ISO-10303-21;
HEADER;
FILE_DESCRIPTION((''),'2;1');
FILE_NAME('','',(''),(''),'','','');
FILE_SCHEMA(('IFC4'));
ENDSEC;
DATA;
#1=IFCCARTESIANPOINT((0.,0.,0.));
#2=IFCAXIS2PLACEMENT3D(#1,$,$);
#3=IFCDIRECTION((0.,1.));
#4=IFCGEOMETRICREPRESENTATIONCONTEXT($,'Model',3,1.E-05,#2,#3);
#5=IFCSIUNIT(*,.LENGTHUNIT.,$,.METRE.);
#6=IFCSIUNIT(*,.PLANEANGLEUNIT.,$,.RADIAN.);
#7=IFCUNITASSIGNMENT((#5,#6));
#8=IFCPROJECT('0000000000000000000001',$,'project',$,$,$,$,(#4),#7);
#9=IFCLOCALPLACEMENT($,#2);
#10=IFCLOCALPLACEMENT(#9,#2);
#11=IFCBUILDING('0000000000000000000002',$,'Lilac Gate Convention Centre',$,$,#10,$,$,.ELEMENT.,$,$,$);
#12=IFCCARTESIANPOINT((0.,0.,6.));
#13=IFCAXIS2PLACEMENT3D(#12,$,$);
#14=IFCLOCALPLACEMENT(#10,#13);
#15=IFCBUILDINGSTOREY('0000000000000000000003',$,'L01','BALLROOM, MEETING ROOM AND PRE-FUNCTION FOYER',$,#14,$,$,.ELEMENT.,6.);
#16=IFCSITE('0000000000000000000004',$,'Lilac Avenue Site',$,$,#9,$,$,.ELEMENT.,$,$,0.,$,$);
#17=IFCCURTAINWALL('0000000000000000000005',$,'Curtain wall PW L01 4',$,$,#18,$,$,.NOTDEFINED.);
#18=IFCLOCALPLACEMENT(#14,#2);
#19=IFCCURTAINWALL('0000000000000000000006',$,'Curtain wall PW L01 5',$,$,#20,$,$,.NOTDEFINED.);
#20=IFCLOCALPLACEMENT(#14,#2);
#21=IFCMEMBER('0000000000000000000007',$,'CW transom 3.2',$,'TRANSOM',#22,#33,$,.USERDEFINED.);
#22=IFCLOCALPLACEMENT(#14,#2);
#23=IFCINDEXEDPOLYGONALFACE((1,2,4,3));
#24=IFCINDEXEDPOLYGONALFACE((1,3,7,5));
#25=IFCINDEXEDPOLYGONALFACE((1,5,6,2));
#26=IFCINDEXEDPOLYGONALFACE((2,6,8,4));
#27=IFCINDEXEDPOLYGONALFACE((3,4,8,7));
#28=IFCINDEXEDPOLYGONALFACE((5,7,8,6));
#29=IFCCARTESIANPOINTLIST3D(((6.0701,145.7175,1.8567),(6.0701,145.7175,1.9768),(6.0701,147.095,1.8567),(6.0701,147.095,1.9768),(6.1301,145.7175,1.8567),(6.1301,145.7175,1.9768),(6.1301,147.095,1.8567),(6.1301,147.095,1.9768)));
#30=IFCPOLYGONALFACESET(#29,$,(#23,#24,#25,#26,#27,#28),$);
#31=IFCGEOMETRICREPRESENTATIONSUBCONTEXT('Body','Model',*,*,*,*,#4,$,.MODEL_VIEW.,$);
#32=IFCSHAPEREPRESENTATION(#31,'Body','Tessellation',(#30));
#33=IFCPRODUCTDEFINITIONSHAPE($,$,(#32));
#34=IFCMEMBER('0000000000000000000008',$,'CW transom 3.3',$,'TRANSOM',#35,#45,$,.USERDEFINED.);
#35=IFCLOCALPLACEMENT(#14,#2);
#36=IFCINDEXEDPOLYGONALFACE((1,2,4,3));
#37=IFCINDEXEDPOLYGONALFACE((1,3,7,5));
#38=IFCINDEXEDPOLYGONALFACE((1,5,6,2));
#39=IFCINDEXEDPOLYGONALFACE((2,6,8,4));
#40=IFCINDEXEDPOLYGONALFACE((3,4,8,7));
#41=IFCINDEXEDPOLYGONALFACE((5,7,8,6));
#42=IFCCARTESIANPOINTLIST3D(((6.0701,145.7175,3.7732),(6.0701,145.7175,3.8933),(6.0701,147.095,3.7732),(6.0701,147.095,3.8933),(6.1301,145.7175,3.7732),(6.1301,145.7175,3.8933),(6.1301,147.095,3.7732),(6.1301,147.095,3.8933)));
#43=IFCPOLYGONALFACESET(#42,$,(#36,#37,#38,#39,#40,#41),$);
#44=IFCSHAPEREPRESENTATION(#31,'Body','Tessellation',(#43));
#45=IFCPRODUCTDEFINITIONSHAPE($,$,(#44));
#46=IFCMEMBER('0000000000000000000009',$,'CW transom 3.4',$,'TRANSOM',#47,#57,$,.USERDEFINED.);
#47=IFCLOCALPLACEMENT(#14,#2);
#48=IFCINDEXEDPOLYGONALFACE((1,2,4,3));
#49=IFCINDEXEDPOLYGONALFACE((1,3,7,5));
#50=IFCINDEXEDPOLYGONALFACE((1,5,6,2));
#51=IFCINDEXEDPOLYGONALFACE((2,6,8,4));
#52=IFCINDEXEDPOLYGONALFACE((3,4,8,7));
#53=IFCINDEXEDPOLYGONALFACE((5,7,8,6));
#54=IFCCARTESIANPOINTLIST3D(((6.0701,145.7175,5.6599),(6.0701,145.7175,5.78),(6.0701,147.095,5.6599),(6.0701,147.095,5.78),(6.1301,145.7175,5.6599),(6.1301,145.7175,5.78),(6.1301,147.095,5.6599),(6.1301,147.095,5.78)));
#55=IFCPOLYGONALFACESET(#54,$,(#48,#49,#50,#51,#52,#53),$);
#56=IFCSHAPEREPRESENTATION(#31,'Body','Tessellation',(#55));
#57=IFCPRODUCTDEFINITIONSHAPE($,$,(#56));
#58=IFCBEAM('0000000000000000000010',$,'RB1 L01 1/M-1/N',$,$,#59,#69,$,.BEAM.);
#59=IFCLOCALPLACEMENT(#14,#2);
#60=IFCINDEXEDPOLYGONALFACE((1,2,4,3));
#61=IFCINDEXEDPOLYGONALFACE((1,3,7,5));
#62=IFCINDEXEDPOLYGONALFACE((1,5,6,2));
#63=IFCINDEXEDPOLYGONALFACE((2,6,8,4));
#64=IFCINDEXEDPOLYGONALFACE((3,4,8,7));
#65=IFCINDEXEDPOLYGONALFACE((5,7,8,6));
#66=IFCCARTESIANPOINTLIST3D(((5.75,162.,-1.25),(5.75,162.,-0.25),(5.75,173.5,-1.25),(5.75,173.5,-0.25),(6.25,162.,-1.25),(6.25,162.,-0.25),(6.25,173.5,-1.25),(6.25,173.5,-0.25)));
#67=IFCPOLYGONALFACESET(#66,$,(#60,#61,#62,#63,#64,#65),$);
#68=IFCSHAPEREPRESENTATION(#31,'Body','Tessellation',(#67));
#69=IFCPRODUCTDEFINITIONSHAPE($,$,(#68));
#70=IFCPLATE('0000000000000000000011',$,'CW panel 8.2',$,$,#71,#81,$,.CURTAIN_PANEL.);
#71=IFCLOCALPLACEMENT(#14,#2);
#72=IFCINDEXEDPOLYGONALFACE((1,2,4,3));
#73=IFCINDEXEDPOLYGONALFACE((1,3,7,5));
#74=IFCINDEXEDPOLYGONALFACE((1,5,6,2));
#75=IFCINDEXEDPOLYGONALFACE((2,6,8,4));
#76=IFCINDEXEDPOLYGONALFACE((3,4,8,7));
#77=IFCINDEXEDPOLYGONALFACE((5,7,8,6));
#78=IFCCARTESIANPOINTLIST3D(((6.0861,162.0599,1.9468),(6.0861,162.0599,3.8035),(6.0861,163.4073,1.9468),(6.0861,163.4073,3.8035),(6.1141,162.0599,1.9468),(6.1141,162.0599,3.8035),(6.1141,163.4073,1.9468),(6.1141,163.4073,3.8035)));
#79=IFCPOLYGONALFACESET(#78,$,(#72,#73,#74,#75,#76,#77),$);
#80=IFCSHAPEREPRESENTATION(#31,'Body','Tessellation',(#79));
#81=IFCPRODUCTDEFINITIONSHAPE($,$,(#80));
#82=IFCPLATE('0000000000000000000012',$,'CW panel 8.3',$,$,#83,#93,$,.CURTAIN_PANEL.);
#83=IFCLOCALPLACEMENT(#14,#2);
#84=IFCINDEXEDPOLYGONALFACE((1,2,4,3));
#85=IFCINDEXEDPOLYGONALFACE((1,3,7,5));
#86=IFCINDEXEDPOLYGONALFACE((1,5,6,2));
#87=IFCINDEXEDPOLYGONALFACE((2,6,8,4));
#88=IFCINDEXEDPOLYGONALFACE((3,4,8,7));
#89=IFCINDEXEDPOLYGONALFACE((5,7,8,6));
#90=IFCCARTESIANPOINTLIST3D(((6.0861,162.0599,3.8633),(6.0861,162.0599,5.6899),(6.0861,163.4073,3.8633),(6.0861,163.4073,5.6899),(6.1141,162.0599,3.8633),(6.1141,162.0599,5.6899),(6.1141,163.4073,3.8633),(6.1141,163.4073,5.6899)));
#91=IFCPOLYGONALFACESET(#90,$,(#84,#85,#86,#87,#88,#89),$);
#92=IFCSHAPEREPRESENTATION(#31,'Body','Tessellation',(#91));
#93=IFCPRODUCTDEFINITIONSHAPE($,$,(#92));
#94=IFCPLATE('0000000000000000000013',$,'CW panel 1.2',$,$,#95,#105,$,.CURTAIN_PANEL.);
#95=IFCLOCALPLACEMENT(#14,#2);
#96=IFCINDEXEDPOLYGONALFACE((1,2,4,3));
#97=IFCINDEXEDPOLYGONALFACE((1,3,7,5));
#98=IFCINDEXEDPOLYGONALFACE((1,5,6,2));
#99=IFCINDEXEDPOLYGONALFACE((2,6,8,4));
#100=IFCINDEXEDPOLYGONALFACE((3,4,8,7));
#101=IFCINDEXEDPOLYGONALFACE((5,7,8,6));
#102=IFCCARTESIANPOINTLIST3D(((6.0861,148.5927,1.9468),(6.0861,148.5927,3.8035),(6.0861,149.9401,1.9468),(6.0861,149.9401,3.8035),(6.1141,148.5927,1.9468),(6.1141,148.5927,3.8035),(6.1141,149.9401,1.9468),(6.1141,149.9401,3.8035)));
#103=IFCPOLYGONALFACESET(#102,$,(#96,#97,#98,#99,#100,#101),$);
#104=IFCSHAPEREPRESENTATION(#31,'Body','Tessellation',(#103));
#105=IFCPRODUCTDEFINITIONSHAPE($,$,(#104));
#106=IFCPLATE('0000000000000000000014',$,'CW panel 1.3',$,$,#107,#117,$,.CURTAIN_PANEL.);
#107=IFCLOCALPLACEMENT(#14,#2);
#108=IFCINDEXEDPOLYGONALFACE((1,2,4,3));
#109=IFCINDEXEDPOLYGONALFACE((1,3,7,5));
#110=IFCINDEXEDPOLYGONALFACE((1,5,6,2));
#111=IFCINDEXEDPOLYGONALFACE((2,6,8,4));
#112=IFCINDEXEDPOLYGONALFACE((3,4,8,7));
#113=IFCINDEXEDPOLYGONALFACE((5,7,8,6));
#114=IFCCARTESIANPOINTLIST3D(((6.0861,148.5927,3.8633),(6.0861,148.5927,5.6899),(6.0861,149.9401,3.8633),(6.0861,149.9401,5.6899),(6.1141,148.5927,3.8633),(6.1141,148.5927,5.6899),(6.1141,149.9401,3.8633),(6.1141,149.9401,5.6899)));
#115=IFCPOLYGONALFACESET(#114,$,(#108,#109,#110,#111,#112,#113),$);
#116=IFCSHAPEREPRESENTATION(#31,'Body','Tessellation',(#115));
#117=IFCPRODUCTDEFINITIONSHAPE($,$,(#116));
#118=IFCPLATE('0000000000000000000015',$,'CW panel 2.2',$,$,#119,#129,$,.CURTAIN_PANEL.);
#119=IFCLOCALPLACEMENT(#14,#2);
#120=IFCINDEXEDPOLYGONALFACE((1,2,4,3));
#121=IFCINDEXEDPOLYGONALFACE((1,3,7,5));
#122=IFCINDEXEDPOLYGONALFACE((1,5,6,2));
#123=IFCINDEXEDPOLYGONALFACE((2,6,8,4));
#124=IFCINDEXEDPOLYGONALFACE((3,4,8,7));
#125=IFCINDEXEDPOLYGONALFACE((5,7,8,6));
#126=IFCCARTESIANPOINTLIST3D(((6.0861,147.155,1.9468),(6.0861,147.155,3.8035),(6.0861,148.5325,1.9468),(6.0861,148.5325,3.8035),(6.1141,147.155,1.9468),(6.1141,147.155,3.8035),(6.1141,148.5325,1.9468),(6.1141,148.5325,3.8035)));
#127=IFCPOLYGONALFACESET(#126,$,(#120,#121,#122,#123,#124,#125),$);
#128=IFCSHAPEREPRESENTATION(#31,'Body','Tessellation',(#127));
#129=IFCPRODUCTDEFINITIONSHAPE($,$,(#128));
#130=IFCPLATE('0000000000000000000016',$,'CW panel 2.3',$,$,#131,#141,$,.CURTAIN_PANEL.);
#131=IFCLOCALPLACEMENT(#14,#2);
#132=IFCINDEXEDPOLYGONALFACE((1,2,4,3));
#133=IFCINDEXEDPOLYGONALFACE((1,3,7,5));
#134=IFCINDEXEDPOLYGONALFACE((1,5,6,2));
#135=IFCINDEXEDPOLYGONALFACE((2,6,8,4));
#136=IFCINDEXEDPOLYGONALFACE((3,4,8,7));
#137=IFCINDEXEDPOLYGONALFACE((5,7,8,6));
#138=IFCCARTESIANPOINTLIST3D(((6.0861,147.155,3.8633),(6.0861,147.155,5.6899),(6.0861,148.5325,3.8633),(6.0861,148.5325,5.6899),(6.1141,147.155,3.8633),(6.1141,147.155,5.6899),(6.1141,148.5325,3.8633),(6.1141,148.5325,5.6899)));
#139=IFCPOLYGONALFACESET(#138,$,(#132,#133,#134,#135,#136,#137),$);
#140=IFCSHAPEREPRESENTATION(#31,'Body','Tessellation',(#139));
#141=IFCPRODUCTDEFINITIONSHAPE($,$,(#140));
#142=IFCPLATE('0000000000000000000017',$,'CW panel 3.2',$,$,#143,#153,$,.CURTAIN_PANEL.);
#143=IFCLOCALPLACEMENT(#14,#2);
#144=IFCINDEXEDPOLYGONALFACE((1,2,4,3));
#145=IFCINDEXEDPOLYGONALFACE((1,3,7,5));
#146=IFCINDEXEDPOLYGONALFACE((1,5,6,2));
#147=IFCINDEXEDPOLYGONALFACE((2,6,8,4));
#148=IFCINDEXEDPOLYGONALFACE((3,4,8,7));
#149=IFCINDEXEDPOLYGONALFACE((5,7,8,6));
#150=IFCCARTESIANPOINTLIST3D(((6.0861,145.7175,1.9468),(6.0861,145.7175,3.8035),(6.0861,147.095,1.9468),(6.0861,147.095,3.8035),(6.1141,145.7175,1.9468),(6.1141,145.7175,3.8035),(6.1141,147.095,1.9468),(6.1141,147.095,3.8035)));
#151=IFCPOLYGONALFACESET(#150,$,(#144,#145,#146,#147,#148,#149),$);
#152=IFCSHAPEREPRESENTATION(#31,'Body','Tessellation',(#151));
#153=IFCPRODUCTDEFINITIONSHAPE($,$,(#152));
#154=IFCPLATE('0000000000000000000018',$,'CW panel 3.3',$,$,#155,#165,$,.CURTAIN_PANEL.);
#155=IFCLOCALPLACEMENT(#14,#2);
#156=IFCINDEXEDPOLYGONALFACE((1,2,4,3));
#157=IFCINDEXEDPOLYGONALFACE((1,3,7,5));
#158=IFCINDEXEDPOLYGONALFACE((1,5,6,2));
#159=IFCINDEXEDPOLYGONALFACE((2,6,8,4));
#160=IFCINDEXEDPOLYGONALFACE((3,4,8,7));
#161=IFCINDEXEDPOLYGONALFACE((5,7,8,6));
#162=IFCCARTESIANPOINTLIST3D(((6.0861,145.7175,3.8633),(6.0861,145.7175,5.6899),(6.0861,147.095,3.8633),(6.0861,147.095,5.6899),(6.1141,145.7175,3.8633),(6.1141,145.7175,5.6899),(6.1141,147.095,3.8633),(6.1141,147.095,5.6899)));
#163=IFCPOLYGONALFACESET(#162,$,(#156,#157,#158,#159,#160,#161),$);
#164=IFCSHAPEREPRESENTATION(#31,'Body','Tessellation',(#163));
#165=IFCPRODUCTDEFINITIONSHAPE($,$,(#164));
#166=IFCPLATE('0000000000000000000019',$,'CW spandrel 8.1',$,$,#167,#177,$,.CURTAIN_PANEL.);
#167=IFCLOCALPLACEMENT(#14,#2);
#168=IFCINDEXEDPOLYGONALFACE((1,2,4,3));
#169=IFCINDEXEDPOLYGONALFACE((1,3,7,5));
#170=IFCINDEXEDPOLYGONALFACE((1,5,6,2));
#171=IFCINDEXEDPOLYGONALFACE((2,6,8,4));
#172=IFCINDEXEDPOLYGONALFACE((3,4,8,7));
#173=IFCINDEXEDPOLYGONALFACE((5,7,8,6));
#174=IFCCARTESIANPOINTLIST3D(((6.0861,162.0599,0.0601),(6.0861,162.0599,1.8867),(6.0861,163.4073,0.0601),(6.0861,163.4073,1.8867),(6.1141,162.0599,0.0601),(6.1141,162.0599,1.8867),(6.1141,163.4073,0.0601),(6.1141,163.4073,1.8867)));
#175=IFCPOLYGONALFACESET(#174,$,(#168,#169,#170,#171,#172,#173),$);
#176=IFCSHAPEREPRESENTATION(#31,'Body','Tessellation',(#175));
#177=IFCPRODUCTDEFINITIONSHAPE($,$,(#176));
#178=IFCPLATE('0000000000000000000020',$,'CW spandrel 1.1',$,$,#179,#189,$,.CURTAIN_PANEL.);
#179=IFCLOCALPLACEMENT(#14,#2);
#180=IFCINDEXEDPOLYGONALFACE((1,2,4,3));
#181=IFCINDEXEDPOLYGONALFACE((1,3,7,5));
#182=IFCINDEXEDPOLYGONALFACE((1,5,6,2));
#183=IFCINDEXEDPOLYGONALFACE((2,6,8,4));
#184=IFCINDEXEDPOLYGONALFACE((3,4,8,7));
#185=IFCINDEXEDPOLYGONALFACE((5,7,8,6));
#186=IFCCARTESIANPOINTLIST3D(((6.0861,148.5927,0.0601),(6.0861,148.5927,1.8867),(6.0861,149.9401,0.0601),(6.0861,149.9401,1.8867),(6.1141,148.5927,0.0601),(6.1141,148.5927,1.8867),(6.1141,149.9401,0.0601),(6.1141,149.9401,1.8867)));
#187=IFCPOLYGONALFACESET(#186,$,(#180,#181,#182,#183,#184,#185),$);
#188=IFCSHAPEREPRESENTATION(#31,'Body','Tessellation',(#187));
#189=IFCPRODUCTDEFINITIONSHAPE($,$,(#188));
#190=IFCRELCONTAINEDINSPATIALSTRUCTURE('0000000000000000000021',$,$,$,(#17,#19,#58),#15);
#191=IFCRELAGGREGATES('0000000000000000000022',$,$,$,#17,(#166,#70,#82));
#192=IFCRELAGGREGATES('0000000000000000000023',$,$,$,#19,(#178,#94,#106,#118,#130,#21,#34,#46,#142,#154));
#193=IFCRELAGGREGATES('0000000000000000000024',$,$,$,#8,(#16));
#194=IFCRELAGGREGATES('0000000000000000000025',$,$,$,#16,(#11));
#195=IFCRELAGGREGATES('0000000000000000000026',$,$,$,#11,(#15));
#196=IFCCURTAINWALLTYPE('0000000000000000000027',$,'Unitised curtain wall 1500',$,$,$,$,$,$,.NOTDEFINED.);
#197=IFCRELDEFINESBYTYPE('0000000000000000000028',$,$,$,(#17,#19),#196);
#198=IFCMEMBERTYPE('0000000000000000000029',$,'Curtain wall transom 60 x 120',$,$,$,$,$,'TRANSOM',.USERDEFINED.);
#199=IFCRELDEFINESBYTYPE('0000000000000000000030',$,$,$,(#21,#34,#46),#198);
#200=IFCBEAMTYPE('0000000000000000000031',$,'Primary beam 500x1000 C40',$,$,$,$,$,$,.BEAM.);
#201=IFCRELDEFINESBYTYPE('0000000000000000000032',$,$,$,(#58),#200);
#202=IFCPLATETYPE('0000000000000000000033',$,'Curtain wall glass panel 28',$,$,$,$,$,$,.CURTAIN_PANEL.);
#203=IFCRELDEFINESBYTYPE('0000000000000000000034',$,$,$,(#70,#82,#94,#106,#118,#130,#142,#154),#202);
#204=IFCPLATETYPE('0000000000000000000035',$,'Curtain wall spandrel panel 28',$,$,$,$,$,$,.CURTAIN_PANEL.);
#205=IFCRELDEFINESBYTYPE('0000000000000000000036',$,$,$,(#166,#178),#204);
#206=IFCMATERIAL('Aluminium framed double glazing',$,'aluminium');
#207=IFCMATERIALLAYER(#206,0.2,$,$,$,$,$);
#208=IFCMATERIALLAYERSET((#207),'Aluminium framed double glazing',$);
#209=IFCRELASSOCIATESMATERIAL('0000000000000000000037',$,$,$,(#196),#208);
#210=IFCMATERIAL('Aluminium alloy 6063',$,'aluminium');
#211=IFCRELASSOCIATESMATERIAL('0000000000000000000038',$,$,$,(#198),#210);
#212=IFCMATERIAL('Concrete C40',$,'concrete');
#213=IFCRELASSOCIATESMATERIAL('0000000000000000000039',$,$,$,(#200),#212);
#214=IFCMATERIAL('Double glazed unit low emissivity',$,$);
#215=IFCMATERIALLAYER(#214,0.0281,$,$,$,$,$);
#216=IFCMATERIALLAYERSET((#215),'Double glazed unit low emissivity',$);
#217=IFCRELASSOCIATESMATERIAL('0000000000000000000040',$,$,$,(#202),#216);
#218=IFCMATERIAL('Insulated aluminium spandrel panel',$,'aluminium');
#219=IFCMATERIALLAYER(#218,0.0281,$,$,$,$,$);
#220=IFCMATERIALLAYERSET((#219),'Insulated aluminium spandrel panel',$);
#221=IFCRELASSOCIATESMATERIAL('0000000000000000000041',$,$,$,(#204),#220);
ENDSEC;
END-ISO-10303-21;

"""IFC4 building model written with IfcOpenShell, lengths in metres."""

from ifc_helpers import new_model, si_unit, direction, frame, origin, origin_2d, place, context, subcontext, project, spatial, rectangle, extrude, material, layer, layer_set, material_profile, profile_set, type_object, element, aggregate, save


model = new_model("IFC4")

# Units and contexts
model_context = context("Model", 3, precision=1e-05, world=origin(), true_north=direction((0.0, 1.0)))
body_context = subcontext(model_context, "Body", "Model", "MODEL_VIEW")
ifc_project = project(units=[si_unit("LENGTHUNIT", "METRE"), si_unit("PLANEANGLEUNIT", "RADIAN")], contexts=[model_context])

# Site, building, storey
site_placement = place(None, origin())
site = spatial("IfcSite", under=ifc_project, at=site_placement, Name="Lilac Avenue Site", CompositionType="ELEMENT", RefElevation=0.0)
building_placement = place(site_placement, origin())
building = spatial("IfcBuilding", under=site, at=building_placement, Name="Lilac Gate Convention Centre", CompositionType="ELEMENT")
storey_placement = place(building_placement, frame((0.0, 0.0, 6.0)))
storey = spatial("IfcBuildingStorey", under=building, at=storey_placement, Name="L01", Description="BALLROOM, MEETING ROOM AND PRE-FUNCTION FOYER", CompositionType="ELEMENT", Elevation=6.0)

# Curtain wall
ifc_material_1 = material(Name="Aluminium framed double glazing", Category="aluminium")
ifc_layer_1 = layer(ifc_material_1, 0.2)
ifc_layer_set_1 = layer_set([ifc_layer_1], Name="Aluminium framed double glazing")
curtain_wall_type = type_object("IfcCurtainWallType", Name="Unitised curtain wall 1500", PredefinedType="NOTDEFINED", material=ifc_layer_set_1)
curtain_wall_1_placement = place(storey_placement, origin())
curtain_wall_1 = element("IfcCurtainWall", 1, at=curtain_wall_1_placement, inside=storey, type_object=curtain_wall_type, Name="Curtain wall PW L01 4", PredefinedType="NOTDEFINED")
ifc_material_2 = material(Name="Aluminium alloy 6063", Category="aluminium")

# Curtain wall
curtain_wall_2_placement = place(storey_placement, origin())
curtain_wall_2 = element("IfcCurtainWall", 2, at=curtain_wall_2_placement, inside=storey, type_object=curtain_wall_type, Name="Curtain wall PW L01 5", PredefinedType="NOTDEFINED")

# Members
ifc_material_profile_1 = material_profile(ifc_material_2, rectangle(XDim=0.0601, YDim=0.1201, at=origin_2d()), Name="Curtain wall transom 60 x 120")
ifc_profile_set_1 = profile_set([ifc_material_profile_1], Name="Aluminium alloy 6063")
member_type_1 = type_object("IfcMemberType", Name="Curtain wall transom 60 x 120", ElementType="TRANSOM", PredefinedType="USERDEFINED", material=ifc_profile_set_1)
member_1_placement = place(storey_placement, frame((6.1001, 147.095, 1.9167), z_axis=(0.0, -1.0, 0.0), x_axis=(1.0, 0.0, 0.0)))
member_1 = element("IfcMember", 3, at=member_1_placement, type_object=member_type_1, Name="CW transom 3.2", ObjectType="TRANSOM", PredefinedType="USERDEFINED", context=body_context, shape_type="SweptSolid", body=[
    extrude(rectangle(XDim=0.0601, YDim=0.1201, at=origin_2d()), origin(), (0.0, 0.0, 1.0), 1.3774),
])
member_2_placement = place(storey_placement, frame((6.1001, 147.095, 3.8333), z_axis=(0.0, -1.0, 0.0), x_axis=(1.0, 0.0, 0.0)))
member_2 = element("IfcMember", 4, at=member_2_placement, type_object=member_type_1, Name="CW transom 3.3", ObjectType="TRANSOM", PredefinedType="USERDEFINED", context=body_context, shape_type="SweptSolid", body=[
    extrude(rectangle(XDim=0.0601, YDim=0.1201, at=origin_2d()), origin(), (0.0, 0.0, 1.0), 1.3774),
])
member_3_placement = place(storey_placement, frame((6.1001, 147.095, 5.72), z_axis=(0.0, -1.0, 0.0), x_axis=(1.0, 0.0, 0.0)))
member_3 = element("IfcMember", 5, at=member_3_placement, type_object=member_type_1, Name="CW transom 3.4", ObjectType="TRANSOM", PredefinedType="USERDEFINED", context=body_context, shape_type="SweptSolid", body=[
    extrude(rectangle(XDim=0.0601, YDim=0.1201, at=origin_2d()), origin(), (0.0, 0.0, 1.0), 1.3774),
])

# Beam
ifc_material_3 = material(Name="Concrete C40", Category="concrete")
ifc_material_profile_2 = material_profile(ifc_material_3, rectangle(XDim=0.5, YDim=1.0, at=origin_2d()), Name="RC 500x1000")
ifc_profile_set_2 = profile_set([ifc_material_profile_2], Name="Concrete C40")
beam_type = type_object("IfcBeamType", Name="Primary beam 500x1000 C40", PredefinedType="BEAM", material=ifc_profile_set_2)
beam_placement = place(storey_placement, frame((6.0, 162.0, -0.75), z_axis=(0.0, 1.0, 0.0), x_axis=(-1.0, 0.0, 0.0)))
element("IfcBeam", 6, at=beam_placement, inside=storey, type_object=beam_type, Name="RB1 L01 1/M-1/N", PredefinedType="BEAM", context=body_context, shape_type="SweptSolid", body=[
    extrude(rectangle(XDim=0.5, YDim=1.0, at=origin_2d()), origin(), (0.0, 0.0, 1.0), 11.5),
])

# Plates
ifc_material_4 = material(Name="Double glazed unit low emissivity")
ifc_layer_2 = layer(ifc_material_4, 0.0281)
ifc_layer_set_2 = layer_set([ifc_layer_2], Name="Double glazed unit low emissivity")
plate_type_1 = type_object("IfcPlateType", Name="Curtain wall glass panel 28", PredefinedType="CURTAIN_PANEL", material=ifc_layer_set_2)
plate_1_placement = place(storey_placement, frame((6.1001, 162.7336, 1.9468), z_axis=(0.0, 0.0, 1.0), x_axis=(0.0, -1.0, 0.0)))
plate_1 = element("IfcPlate", 7, at=plate_1_placement, type_object=plate_type_1, Name="CW panel 8.2", PredefinedType="CURTAIN_PANEL", context=body_context, shape_type="SweptSolid", body=[
    extrude(rectangle(XDim=1.3474, YDim=0.0281, at=origin_2d()), origin(), (0.0, 0.0, 1.0), 1.8567),
])
plate_2_placement = place(storey_placement, frame((6.1001, 162.7336, 3.8633), z_axis=(0.0, 0.0, 1.0), x_axis=(0.0, -1.0, 0.0)))
plate_2 = element("IfcPlate", 8, at=plate_2_placement, type_object=plate_type_1, Name="CW panel 8.3", PredefinedType="CURTAIN_PANEL", context=body_context, shape_type="SweptSolid", body=[
    extrude(rectangle(XDim=1.3474, YDim=0.0281, at=origin_2d()), origin(), (0.0, 0.0, 1.0), 1.8267),
])
plate_3_placement = place(storey_placement, frame((6.1001, 149.2664, 1.9468), z_axis=(0.0, 0.0, 1.0), x_axis=(0.0, -1.0, 0.0)))
plate_3 = element("IfcPlate", 9, at=plate_3_placement, type_object=plate_type_1, Name="CW panel 1.2", PredefinedType="CURTAIN_PANEL", context=body_context, shape_type="SweptSolid", body=[
    extrude(rectangle(XDim=1.3474, YDim=0.0281, at=origin_2d()), origin(), (0.0, 0.0, 1.0), 1.8567),
])
plate_4_placement = place(storey_placement, frame((6.1001, 149.2664, 3.8633), z_axis=(0.0, 0.0, 1.0), x_axis=(0.0, -1.0, 0.0)))
plate_4 = element("IfcPlate", 10, at=plate_4_placement, type_object=plate_type_1, Name="CW panel 1.3", PredefinedType="CURTAIN_PANEL", context=body_context, shape_type="SweptSolid", body=[
    extrude(rectangle(XDim=1.3474, YDim=0.0281, at=origin_2d()), origin(), (0.0, 0.0, 1.0), 1.8267),
])
plate_5_placement = place(storey_placement, frame((6.1001, 147.8438, 1.9468), z_axis=(0.0, 0.0, 1.0), x_axis=(0.0, -1.0, 0.0)))
plate_5 = element("IfcPlate", 11, at=plate_5_placement, type_object=plate_type_1, Name="CW panel 2.2", PredefinedType="CURTAIN_PANEL", context=body_context, shape_type="SweptSolid", body=[
    extrude(rectangle(XDim=1.3774, YDim=0.0281, at=origin_2d()), origin(), (0.0, 0.0, 1.0), 1.8567),
])
plate_6_placement = place(storey_placement, frame((6.1001, 147.8438, 3.8633), z_axis=(0.0, 0.0, 1.0), x_axis=(0.0, -1.0, 0.0)))
plate_6 = element("IfcPlate", 12, at=plate_6_placement, type_object=plate_type_1, Name="CW panel 2.3", PredefinedType="CURTAIN_PANEL", context=body_context, shape_type="SweptSolid", body=[
    extrude(rectangle(XDim=1.3774, YDim=0.0281, at=origin_2d()), origin(), (0.0, 0.0, 1.0), 1.8267),
])
plate_7_placement = place(storey_placement, frame((6.1001, 146.4062, 1.9468), z_axis=(0.0, 0.0, 1.0), x_axis=(0.0, -1.0, 0.0)))
plate_7 = element("IfcPlate", 13, at=plate_7_placement, type_object=plate_type_1, Name="CW panel 3.2", PredefinedType="CURTAIN_PANEL", context=body_context, shape_type="SweptSolid", body=[
    extrude(rectangle(XDim=1.3774, YDim=0.0281, at=origin_2d()), origin(), (0.0, 0.0, 1.0), 1.8567),
])
plate_8_placement = place(storey_placement, frame((6.1001, 146.4062, 3.8633), z_axis=(0.0, 0.0, 1.0), x_axis=(0.0, -1.0, 0.0)))
plate_8 = element("IfcPlate", 14, at=plate_8_placement, type_object=plate_type_1, Name="CW panel 3.3", PredefinedType="CURTAIN_PANEL", context=body_context, shape_type="SweptSolid", body=[
    extrude(rectangle(XDim=1.3774, YDim=0.0281, at=origin_2d()), origin(), (0.0, 0.0, 1.0), 1.8267),
])
ifc_material_5 = material(Name="Insulated aluminium spandrel panel", Category="aluminium")
ifc_layer_3 = layer(ifc_material_5, 0.0281)
ifc_layer_set_3 = layer_set([ifc_layer_3], Name="Insulated aluminium spandrel panel")
plate_type_2 = type_object("IfcPlateType", Name="Curtain wall spandrel panel 28", PredefinedType="CURTAIN_PANEL", material=ifc_layer_set_3)
plate_9_placement = place(storey_placement, frame((6.1001, 162.7336, 0.0601), z_axis=(0.0, 0.0, 1.0), x_axis=(0.0, -1.0, 0.0)))
plate_9 = element("IfcPlate", 15, at=plate_9_placement, type_object=plate_type_2, Name="CW spandrel 8.1", PredefinedType="CURTAIN_PANEL", context=body_context, shape_type="SweptSolid", body=[
    extrude(rectangle(XDim=1.3474, YDim=0.0281, at=origin_2d()), origin(), (0.0, 0.0, 1.0), 1.8267),
])
aggregate(curtain_wall_1, [plate_9, plate_1, plate_2])
plate_10_placement = place(storey_placement, frame((6.1001, 149.2664, 0.0601), z_axis=(0.0, 0.0, 1.0), x_axis=(0.0, -1.0, 0.0)))
plate_10 = element("IfcPlate", 16, at=plate_10_placement, type_object=plate_type_2, Name="CW spandrel 1.1", PredefinedType="CURTAIN_PANEL", context=body_context, shape_type="SweptSolid", body=[
    extrude(rectangle(XDim=1.3474, YDim=0.0281, at=origin_2d()), origin(), (0.0, 0.0, 1.0), 1.8267),
])
aggregate(curtain_wall_2, [plate_10, plate_3, plate_4, plate_5, plate_6, member_1, member_2, member_3, plate_7, plate_8])

save(model, "model.ifc")
